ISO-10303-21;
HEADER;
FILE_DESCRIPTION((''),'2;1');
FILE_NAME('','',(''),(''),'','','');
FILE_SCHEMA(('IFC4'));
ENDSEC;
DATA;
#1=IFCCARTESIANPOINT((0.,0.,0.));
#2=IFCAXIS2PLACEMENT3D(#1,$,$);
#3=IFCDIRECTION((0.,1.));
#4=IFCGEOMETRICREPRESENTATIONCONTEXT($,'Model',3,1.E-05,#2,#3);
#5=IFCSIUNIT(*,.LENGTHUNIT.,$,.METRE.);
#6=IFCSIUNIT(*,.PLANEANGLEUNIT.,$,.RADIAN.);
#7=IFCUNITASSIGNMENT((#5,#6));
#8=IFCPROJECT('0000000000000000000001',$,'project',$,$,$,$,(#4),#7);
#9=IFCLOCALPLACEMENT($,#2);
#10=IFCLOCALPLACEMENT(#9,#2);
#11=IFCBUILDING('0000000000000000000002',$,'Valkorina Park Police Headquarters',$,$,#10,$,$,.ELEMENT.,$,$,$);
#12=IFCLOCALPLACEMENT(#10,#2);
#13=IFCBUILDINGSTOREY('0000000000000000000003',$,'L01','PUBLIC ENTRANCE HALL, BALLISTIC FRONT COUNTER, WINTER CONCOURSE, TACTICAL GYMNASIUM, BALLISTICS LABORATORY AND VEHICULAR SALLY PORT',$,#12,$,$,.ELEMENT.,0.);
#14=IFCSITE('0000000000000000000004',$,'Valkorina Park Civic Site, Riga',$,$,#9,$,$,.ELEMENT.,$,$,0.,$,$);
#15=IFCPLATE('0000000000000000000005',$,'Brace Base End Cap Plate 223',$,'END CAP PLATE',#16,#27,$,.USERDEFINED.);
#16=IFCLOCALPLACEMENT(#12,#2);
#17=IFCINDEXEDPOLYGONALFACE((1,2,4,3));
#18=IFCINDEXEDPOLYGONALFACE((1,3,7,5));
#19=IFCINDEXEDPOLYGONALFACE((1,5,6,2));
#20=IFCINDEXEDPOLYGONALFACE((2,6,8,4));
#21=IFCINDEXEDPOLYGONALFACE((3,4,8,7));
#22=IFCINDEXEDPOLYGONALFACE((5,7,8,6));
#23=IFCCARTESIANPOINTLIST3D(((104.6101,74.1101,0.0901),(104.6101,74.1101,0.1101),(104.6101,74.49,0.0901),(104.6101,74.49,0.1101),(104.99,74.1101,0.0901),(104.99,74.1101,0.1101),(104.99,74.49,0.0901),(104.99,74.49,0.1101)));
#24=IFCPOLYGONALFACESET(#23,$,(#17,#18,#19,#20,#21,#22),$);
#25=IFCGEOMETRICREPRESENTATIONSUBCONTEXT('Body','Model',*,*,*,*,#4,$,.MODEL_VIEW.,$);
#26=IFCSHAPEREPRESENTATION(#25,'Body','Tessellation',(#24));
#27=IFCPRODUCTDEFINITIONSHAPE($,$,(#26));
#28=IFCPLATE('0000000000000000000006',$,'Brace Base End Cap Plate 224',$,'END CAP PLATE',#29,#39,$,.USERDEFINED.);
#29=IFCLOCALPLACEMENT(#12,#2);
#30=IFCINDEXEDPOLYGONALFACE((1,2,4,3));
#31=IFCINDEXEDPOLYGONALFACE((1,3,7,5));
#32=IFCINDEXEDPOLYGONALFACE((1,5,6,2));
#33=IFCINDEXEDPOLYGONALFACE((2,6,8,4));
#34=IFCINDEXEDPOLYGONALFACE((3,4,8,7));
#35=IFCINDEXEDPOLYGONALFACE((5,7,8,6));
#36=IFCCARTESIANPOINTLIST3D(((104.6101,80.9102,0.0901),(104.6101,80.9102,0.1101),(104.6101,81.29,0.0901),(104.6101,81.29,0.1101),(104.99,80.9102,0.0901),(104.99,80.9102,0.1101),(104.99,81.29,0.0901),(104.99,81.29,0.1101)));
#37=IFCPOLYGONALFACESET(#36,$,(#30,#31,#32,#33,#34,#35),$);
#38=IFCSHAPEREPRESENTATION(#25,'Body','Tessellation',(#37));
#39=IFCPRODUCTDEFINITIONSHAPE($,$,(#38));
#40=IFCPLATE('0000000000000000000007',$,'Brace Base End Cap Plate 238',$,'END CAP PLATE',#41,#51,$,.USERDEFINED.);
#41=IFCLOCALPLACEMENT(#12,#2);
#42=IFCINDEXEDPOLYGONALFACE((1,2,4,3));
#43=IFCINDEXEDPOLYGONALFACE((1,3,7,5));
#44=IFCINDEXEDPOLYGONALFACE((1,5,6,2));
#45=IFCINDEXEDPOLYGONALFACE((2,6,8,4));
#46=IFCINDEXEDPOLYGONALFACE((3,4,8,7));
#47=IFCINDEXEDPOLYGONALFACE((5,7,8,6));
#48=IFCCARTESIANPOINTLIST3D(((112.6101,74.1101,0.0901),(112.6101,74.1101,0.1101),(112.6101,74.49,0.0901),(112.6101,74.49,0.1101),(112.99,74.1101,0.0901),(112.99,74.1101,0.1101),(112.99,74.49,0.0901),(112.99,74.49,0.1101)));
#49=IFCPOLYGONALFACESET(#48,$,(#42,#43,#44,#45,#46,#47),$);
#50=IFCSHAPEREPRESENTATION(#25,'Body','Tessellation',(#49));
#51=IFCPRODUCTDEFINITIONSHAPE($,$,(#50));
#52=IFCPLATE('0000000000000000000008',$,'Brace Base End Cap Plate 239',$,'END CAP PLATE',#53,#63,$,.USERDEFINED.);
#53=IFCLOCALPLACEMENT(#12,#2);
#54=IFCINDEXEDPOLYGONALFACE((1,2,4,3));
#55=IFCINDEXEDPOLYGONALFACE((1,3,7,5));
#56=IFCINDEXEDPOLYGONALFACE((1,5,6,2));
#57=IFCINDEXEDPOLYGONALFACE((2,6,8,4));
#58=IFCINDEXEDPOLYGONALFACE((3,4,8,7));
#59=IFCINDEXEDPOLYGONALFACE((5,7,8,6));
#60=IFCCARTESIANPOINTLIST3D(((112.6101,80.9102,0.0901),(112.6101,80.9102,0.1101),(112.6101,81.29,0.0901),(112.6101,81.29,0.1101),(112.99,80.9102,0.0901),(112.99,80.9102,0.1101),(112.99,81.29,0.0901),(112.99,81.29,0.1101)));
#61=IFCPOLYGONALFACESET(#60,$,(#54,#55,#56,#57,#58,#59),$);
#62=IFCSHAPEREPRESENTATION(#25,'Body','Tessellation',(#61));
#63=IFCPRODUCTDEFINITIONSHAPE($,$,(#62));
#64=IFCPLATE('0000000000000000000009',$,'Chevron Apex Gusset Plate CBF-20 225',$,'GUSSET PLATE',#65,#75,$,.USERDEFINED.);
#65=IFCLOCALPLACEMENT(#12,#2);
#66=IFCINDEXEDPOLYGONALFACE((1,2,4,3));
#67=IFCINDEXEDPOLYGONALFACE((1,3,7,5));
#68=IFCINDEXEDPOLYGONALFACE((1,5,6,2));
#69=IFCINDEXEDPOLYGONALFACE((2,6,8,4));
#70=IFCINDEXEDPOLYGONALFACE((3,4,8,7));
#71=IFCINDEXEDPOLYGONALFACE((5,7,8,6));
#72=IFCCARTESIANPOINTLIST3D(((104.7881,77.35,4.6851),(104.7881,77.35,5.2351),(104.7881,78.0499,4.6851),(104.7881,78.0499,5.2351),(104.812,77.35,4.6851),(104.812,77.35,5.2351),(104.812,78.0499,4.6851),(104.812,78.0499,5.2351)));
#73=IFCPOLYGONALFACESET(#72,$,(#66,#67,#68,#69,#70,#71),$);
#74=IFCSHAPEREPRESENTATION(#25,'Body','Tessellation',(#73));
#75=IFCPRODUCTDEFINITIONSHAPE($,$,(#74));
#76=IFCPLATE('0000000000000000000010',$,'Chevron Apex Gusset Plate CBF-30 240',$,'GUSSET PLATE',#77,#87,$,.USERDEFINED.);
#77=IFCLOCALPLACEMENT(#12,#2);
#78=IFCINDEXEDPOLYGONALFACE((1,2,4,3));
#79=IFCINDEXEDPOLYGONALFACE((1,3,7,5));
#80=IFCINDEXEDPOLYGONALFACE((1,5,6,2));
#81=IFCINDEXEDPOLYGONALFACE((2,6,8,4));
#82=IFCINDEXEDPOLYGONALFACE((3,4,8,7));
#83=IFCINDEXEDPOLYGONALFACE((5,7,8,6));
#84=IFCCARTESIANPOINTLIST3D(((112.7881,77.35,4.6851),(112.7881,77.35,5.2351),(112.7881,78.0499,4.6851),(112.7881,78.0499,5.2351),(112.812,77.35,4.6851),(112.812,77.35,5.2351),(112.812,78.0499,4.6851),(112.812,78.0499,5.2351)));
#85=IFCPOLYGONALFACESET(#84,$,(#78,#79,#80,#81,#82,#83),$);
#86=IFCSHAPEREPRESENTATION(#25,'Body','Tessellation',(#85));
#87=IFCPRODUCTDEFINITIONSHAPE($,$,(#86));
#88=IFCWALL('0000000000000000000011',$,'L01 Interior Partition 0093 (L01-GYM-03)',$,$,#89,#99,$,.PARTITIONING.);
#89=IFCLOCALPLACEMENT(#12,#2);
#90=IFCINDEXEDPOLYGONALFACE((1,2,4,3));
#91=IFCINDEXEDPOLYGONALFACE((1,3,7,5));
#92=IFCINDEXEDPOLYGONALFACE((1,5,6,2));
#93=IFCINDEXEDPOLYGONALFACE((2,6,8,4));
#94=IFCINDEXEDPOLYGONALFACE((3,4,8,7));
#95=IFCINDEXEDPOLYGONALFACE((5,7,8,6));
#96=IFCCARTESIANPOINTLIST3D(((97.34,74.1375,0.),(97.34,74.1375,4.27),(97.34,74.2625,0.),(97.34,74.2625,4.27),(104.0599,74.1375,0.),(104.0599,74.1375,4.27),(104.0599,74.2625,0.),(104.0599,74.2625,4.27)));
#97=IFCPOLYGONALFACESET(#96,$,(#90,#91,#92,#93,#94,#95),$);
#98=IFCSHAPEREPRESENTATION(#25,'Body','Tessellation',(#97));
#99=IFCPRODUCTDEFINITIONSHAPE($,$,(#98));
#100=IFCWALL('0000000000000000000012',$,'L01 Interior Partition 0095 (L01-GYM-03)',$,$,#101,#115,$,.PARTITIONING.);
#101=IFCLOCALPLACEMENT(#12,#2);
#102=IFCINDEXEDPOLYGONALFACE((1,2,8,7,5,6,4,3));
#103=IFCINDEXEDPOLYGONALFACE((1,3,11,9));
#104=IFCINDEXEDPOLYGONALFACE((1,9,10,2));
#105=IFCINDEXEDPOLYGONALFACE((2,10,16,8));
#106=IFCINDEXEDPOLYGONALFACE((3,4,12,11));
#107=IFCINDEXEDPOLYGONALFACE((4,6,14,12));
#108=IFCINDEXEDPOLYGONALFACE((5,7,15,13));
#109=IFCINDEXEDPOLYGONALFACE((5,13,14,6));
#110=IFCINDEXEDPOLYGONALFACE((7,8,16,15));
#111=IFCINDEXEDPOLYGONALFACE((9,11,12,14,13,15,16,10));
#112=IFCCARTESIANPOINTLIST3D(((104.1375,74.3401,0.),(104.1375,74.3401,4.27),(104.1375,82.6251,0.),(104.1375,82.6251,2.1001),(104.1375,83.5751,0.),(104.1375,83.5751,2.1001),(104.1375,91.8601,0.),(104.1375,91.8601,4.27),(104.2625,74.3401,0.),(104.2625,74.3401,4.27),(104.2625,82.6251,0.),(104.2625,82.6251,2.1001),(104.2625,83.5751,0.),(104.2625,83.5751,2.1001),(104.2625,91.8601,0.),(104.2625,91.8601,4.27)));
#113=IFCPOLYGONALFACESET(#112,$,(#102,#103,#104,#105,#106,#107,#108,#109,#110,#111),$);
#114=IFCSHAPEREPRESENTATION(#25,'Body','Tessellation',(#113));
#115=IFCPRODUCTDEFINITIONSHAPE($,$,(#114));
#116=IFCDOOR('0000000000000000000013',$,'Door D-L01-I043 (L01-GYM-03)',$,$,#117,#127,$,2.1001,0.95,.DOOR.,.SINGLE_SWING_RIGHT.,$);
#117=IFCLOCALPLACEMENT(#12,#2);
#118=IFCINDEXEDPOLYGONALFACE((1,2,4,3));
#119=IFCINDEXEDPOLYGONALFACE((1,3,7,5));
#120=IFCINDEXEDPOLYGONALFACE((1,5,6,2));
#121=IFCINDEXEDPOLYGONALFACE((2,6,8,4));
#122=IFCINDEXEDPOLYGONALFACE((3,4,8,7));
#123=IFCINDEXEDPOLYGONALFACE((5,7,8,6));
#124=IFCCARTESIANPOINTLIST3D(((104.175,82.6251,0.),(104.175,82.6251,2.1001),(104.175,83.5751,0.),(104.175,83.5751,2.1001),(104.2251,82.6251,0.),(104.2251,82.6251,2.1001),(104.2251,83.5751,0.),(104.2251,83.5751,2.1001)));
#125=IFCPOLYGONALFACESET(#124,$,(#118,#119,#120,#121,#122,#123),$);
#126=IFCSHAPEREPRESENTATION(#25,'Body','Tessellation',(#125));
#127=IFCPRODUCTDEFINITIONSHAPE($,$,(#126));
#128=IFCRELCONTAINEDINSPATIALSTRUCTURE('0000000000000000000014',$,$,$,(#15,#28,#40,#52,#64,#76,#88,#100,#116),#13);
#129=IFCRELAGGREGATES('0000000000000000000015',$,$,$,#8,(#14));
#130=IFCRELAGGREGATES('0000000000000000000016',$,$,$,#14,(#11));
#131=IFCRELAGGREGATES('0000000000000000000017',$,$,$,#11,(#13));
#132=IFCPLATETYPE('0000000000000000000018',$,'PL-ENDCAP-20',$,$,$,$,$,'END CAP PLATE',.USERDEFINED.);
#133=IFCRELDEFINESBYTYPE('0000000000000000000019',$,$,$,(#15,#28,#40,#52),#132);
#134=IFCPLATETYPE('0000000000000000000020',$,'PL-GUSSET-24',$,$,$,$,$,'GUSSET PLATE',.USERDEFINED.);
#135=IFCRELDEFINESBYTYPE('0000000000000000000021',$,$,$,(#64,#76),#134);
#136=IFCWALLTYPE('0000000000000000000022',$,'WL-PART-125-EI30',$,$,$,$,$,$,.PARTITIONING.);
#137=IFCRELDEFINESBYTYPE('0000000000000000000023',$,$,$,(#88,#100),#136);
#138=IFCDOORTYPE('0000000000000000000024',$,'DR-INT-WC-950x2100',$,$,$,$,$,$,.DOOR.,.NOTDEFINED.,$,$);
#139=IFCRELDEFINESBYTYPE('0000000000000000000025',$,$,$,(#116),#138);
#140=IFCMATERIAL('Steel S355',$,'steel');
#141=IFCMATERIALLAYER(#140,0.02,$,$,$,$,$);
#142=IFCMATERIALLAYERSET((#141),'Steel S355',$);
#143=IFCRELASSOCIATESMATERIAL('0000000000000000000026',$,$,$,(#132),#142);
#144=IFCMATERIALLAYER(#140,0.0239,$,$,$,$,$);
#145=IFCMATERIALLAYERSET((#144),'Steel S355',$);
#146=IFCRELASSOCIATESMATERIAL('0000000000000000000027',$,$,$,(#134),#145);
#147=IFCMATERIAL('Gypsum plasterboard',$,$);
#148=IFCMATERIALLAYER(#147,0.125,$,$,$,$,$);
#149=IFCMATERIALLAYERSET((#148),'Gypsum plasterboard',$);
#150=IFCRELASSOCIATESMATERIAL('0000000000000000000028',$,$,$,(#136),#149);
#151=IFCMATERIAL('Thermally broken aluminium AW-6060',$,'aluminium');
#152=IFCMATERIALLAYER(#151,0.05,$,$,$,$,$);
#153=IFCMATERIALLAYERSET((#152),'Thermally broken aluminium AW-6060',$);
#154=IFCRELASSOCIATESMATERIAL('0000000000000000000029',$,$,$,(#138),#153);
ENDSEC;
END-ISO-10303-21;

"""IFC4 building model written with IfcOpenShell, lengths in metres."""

from ifc_helpers import new_model, si_unit, direction, frame, frame_2d, origin, origin_2d, place, context, subcontext, project, spatial, rectangle, extrude, material, layer, layer_set, type_object, element, fill, save


model = new_model("IFC4")

# Units and contexts
model_context = context("Model", 3, precision=1e-05, world=origin(), true_north=direction((0.0, 1.0)))
body_context = subcontext(model_context, "Body", "Model", "MODEL_VIEW")
ifc_project = project(units=[si_unit("LENGTHUNIT", "METRE"), si_unit("PLANEANGLEUNIT", "RADIAN")], contexts=[model_context])

# Site, building, storey
site_placement = place(None, origin())
site = spatial("IfcSite", under=ifc_project, at=site_placement, Name="Valkorina Park Civic Site, Riga", CompositionType="ELEMENT", RefElevation=0.0)
building_placement = place(site_placement, origin())
building = spatial("IfcBuilding", under=site, at=building_placement, Name="Valkorina Park Police Headquarters", CompositionType="ELEMENT")
storey_placement = place(building_placement, origin())
storey = spatial("IfcBuildingStorey", under=building, at=storey_placement, Name="L01", Description="PUBLIC ENTRANCE HALL, BALLISTIC FRONT COUNTER, WINTER CONCOURSE, TACTICAL GYMNASIUM, BALLISTICS LABORATORY AND VEHICULAR SALLY PORT", CompositionType="ELEMENT", Elevation=0.0)

# Shared definitions
ifc_material_1 = material(Name="Steel S355", Category="steel")

# Plates
ifc_layer_1 = layer(ifc_material_1, 0.02)
ifc_layer_set_1 = layer_set([ifc_layer_1], Name="Steel S355")
plate_type_1 = type_object("IfcPlateType", Name="PL-ENDCAP-20", ElementType="END CAP PLATE", PredefinedType="USERDEFINED", material=ifc_layer_set_1)
for number, where, z_axis, x_axis, name in (
    (1, (104.8, 74.3, 0.0901), (0.0, 0.0, 1.0), (1.0, 0.0, 0.0), "Brace Base End Cap Plate 223"),
    (2, (104.8, 81.1001, 0.0901), (0.0, 0.0, 1.0), (1.0, 0.0, 0.0), "Brace Base End Cap Plate 224"),
    (3, (112.8, 74.3, 0.0901), (0.0, 0.0, 1.0), (1.0, 0.0, 0.0), "Brace Base End Cap Plate 238"),
    (4, (112.8, 81.1001, 0.0901), (0.0, 0.0, 1.0), (1.0, 0.0, 0.0), "Brace Base End Cap Plate 239"),
):
    element("IfcPlate", number, at=place(storey_placement, frame(where, z_axis=z_axis, x_axis=x_axis)), inside=storey, type_object=plate_type_1, Name=name, ObjectType="END CAP PLATE", PredefinedType="USERDEFINED", context=body_context, shape_type="SweptSolid", body=[
        extrude(rectangle(XDim=0.3799, YDim=0.3799, at=origin_2d()), origin(), (0.0, 0.0, 1.0), 0.02),
    ])
ifc_layer_2 = layer(ifc_material_1, 0.0239)
ifc_layer_set_2 = layer_set([ifc_layer_2], Name="Steel S355")
plate_type_2 = type_object("IfcPlateType", Name="PL-GUSSET-24", ElementType="GUSSET PLATE", PredefinedType="USERDEFINED", material=ifc_layer_set_2)
for number, where, z_axis, x_axis, name in (
    (5, (104.8, 77.7, 4.6851), (0.0, 0.0, 1.0), (1.0, 0.0, 0.0), "Chevron Apex Gusset Plate CBF-20 225"),
    (6, (112.8, 77.7, 4.6851), (0.0, 0.0, 1.0), (1.0, 0.0, 0.0), "Chevron Apex Gusset Plate CBF-30 240"),
):
    element("IfcPlate", number, at=place(storey_placement, frame(where, z_axis=z_axis, x_axis=x_axis)), inside=storey, type_object=plate_type_2, Name=name, ObjectType="GUSSET PLATE", PredefinedType="USERDEFINED", context=body_context, shape_type="SweptSolid", body=[
        extrude(rectangle(XDim=0.0239, YDim=0.7, at=origin_2d()), origin(), (0.0, 0.0, 1.0), 0.55),
    ])

# Wall
ifc_material_2 = material(Name="Gypsum plasterboard")
ifc_layer_3 = layer(ifc_material_2, 0.125)
ifc_layer_set_3 = layer_set([ifc_layer_3], Name="Gypsum plasterboard")
wall_type = type_object("IfcWallType", Name="WL-PART-125-EI30", PredefinedType="PARTITIONING", material=ifc_layer_set_3)
wall_1_placement = place(storey_placement, frame((97.3401, 74.2, 0.0), z_axis=(0.0, 0.0, 1.0), x_axis=(1.0, 0.0, 0.0)))
element("IfcWall", 7, at=wall_1_placement, inside=storey, type_object=wall_type, Name="L01 Interior Partition 0093 (L01-GYM-03)", PredefinedType="PARTITIONING", context=body_context, shape_type="SweptSolid", body=[
    extrude(rectangle(XDim=6.72, YDim=0.125, at=frame_2d((3.3599, 0.0))), origin(), (0.0, 0.0, 1.0), 4.27),
])

# Wall, opening, door
wall_2_placement = place(storey_placement, frame((104.2, 74.3401, 0.0), z_axis=(0.0, 0.0, 1.0), x_axis=(0.0, 1.0, 0.0)))
wall_2 = element("IfcWall", 8, at=wall_2_placement, inside=storey, type_object=wall_type, Name="L01 Interior Partition 0095 (L01-GYM-03)", PredefinedType="PARTITIONING", context=body_context, shape_type="SweptSolid", body=[
    extrude(rectangle(XDim=17.52, YDim=0.125, at=frame_2d((8.76, 0.0))), origin(), (0.0, 0.0, 1.0), 4.27),
])
opening_placement = place(wall_2_placement, frame((8.2849, 0.0, 0.0)))
opening = element("IfcOpeningElement", 9, at=opening_placement, cuts=wall_2, PredefinedType="OPENING", context=body_context, shape_type="SweptSolid", body=[
    extrude(rectangle(XDim=0.95, YDim=2.1001, at=frame_2d((0.4751, 1.05))), frame((0.0, 0.0725, 0.0), z_axis=(0.0, -1.0, 0.0), x_axis=(1.0, 0.0, 0.0)), (0.0, 0.0, 1.0), 0.145),
])
ifc_material_3 = material(Name="Thermally broken aluminium AW-6060", Category="aluminium")
ifc_layer_4 = layer(ifc_material_3, 0.05)
ifc_layer_set_4 = layer_set([ifc_layer_4], Name="Thermally broken aluminium AW-6060")
door_type = type_object("IfcDoorType", Name="DR-INT-WC-950x2100", OperationType="NOTDEFINED", PredefinedType="DOOR", material=ifc_layer_set_4)
door_placement = place(opening_placement, origin())
door = element("IfcDoor", 10, at=door_placement, inside=storey, type_object=door_type, Name="Door D-L01-I043 (L01-GYM-03)", OperationType="SINGLE_SWING_RIGHT", OverallHeight=2.1001, OverallWidth=0.95, PredefinedType="DOOR", context=body_context, shape_type="SweptSolid", body=[
    extrude(rectangle(XDim=0.95, YDim=2.1001, at=frame_2d((0.4751, 1.05))), frame((0.0, 0.0249, 0.0), z_axis=(0.0, -1.0, 0.0), x_axis=(1.0, 0.0, 0.0)), (0.0, 0.0, 1.0), 0.05),
])
fill(opening, door)

save(model, "model.ifc")
